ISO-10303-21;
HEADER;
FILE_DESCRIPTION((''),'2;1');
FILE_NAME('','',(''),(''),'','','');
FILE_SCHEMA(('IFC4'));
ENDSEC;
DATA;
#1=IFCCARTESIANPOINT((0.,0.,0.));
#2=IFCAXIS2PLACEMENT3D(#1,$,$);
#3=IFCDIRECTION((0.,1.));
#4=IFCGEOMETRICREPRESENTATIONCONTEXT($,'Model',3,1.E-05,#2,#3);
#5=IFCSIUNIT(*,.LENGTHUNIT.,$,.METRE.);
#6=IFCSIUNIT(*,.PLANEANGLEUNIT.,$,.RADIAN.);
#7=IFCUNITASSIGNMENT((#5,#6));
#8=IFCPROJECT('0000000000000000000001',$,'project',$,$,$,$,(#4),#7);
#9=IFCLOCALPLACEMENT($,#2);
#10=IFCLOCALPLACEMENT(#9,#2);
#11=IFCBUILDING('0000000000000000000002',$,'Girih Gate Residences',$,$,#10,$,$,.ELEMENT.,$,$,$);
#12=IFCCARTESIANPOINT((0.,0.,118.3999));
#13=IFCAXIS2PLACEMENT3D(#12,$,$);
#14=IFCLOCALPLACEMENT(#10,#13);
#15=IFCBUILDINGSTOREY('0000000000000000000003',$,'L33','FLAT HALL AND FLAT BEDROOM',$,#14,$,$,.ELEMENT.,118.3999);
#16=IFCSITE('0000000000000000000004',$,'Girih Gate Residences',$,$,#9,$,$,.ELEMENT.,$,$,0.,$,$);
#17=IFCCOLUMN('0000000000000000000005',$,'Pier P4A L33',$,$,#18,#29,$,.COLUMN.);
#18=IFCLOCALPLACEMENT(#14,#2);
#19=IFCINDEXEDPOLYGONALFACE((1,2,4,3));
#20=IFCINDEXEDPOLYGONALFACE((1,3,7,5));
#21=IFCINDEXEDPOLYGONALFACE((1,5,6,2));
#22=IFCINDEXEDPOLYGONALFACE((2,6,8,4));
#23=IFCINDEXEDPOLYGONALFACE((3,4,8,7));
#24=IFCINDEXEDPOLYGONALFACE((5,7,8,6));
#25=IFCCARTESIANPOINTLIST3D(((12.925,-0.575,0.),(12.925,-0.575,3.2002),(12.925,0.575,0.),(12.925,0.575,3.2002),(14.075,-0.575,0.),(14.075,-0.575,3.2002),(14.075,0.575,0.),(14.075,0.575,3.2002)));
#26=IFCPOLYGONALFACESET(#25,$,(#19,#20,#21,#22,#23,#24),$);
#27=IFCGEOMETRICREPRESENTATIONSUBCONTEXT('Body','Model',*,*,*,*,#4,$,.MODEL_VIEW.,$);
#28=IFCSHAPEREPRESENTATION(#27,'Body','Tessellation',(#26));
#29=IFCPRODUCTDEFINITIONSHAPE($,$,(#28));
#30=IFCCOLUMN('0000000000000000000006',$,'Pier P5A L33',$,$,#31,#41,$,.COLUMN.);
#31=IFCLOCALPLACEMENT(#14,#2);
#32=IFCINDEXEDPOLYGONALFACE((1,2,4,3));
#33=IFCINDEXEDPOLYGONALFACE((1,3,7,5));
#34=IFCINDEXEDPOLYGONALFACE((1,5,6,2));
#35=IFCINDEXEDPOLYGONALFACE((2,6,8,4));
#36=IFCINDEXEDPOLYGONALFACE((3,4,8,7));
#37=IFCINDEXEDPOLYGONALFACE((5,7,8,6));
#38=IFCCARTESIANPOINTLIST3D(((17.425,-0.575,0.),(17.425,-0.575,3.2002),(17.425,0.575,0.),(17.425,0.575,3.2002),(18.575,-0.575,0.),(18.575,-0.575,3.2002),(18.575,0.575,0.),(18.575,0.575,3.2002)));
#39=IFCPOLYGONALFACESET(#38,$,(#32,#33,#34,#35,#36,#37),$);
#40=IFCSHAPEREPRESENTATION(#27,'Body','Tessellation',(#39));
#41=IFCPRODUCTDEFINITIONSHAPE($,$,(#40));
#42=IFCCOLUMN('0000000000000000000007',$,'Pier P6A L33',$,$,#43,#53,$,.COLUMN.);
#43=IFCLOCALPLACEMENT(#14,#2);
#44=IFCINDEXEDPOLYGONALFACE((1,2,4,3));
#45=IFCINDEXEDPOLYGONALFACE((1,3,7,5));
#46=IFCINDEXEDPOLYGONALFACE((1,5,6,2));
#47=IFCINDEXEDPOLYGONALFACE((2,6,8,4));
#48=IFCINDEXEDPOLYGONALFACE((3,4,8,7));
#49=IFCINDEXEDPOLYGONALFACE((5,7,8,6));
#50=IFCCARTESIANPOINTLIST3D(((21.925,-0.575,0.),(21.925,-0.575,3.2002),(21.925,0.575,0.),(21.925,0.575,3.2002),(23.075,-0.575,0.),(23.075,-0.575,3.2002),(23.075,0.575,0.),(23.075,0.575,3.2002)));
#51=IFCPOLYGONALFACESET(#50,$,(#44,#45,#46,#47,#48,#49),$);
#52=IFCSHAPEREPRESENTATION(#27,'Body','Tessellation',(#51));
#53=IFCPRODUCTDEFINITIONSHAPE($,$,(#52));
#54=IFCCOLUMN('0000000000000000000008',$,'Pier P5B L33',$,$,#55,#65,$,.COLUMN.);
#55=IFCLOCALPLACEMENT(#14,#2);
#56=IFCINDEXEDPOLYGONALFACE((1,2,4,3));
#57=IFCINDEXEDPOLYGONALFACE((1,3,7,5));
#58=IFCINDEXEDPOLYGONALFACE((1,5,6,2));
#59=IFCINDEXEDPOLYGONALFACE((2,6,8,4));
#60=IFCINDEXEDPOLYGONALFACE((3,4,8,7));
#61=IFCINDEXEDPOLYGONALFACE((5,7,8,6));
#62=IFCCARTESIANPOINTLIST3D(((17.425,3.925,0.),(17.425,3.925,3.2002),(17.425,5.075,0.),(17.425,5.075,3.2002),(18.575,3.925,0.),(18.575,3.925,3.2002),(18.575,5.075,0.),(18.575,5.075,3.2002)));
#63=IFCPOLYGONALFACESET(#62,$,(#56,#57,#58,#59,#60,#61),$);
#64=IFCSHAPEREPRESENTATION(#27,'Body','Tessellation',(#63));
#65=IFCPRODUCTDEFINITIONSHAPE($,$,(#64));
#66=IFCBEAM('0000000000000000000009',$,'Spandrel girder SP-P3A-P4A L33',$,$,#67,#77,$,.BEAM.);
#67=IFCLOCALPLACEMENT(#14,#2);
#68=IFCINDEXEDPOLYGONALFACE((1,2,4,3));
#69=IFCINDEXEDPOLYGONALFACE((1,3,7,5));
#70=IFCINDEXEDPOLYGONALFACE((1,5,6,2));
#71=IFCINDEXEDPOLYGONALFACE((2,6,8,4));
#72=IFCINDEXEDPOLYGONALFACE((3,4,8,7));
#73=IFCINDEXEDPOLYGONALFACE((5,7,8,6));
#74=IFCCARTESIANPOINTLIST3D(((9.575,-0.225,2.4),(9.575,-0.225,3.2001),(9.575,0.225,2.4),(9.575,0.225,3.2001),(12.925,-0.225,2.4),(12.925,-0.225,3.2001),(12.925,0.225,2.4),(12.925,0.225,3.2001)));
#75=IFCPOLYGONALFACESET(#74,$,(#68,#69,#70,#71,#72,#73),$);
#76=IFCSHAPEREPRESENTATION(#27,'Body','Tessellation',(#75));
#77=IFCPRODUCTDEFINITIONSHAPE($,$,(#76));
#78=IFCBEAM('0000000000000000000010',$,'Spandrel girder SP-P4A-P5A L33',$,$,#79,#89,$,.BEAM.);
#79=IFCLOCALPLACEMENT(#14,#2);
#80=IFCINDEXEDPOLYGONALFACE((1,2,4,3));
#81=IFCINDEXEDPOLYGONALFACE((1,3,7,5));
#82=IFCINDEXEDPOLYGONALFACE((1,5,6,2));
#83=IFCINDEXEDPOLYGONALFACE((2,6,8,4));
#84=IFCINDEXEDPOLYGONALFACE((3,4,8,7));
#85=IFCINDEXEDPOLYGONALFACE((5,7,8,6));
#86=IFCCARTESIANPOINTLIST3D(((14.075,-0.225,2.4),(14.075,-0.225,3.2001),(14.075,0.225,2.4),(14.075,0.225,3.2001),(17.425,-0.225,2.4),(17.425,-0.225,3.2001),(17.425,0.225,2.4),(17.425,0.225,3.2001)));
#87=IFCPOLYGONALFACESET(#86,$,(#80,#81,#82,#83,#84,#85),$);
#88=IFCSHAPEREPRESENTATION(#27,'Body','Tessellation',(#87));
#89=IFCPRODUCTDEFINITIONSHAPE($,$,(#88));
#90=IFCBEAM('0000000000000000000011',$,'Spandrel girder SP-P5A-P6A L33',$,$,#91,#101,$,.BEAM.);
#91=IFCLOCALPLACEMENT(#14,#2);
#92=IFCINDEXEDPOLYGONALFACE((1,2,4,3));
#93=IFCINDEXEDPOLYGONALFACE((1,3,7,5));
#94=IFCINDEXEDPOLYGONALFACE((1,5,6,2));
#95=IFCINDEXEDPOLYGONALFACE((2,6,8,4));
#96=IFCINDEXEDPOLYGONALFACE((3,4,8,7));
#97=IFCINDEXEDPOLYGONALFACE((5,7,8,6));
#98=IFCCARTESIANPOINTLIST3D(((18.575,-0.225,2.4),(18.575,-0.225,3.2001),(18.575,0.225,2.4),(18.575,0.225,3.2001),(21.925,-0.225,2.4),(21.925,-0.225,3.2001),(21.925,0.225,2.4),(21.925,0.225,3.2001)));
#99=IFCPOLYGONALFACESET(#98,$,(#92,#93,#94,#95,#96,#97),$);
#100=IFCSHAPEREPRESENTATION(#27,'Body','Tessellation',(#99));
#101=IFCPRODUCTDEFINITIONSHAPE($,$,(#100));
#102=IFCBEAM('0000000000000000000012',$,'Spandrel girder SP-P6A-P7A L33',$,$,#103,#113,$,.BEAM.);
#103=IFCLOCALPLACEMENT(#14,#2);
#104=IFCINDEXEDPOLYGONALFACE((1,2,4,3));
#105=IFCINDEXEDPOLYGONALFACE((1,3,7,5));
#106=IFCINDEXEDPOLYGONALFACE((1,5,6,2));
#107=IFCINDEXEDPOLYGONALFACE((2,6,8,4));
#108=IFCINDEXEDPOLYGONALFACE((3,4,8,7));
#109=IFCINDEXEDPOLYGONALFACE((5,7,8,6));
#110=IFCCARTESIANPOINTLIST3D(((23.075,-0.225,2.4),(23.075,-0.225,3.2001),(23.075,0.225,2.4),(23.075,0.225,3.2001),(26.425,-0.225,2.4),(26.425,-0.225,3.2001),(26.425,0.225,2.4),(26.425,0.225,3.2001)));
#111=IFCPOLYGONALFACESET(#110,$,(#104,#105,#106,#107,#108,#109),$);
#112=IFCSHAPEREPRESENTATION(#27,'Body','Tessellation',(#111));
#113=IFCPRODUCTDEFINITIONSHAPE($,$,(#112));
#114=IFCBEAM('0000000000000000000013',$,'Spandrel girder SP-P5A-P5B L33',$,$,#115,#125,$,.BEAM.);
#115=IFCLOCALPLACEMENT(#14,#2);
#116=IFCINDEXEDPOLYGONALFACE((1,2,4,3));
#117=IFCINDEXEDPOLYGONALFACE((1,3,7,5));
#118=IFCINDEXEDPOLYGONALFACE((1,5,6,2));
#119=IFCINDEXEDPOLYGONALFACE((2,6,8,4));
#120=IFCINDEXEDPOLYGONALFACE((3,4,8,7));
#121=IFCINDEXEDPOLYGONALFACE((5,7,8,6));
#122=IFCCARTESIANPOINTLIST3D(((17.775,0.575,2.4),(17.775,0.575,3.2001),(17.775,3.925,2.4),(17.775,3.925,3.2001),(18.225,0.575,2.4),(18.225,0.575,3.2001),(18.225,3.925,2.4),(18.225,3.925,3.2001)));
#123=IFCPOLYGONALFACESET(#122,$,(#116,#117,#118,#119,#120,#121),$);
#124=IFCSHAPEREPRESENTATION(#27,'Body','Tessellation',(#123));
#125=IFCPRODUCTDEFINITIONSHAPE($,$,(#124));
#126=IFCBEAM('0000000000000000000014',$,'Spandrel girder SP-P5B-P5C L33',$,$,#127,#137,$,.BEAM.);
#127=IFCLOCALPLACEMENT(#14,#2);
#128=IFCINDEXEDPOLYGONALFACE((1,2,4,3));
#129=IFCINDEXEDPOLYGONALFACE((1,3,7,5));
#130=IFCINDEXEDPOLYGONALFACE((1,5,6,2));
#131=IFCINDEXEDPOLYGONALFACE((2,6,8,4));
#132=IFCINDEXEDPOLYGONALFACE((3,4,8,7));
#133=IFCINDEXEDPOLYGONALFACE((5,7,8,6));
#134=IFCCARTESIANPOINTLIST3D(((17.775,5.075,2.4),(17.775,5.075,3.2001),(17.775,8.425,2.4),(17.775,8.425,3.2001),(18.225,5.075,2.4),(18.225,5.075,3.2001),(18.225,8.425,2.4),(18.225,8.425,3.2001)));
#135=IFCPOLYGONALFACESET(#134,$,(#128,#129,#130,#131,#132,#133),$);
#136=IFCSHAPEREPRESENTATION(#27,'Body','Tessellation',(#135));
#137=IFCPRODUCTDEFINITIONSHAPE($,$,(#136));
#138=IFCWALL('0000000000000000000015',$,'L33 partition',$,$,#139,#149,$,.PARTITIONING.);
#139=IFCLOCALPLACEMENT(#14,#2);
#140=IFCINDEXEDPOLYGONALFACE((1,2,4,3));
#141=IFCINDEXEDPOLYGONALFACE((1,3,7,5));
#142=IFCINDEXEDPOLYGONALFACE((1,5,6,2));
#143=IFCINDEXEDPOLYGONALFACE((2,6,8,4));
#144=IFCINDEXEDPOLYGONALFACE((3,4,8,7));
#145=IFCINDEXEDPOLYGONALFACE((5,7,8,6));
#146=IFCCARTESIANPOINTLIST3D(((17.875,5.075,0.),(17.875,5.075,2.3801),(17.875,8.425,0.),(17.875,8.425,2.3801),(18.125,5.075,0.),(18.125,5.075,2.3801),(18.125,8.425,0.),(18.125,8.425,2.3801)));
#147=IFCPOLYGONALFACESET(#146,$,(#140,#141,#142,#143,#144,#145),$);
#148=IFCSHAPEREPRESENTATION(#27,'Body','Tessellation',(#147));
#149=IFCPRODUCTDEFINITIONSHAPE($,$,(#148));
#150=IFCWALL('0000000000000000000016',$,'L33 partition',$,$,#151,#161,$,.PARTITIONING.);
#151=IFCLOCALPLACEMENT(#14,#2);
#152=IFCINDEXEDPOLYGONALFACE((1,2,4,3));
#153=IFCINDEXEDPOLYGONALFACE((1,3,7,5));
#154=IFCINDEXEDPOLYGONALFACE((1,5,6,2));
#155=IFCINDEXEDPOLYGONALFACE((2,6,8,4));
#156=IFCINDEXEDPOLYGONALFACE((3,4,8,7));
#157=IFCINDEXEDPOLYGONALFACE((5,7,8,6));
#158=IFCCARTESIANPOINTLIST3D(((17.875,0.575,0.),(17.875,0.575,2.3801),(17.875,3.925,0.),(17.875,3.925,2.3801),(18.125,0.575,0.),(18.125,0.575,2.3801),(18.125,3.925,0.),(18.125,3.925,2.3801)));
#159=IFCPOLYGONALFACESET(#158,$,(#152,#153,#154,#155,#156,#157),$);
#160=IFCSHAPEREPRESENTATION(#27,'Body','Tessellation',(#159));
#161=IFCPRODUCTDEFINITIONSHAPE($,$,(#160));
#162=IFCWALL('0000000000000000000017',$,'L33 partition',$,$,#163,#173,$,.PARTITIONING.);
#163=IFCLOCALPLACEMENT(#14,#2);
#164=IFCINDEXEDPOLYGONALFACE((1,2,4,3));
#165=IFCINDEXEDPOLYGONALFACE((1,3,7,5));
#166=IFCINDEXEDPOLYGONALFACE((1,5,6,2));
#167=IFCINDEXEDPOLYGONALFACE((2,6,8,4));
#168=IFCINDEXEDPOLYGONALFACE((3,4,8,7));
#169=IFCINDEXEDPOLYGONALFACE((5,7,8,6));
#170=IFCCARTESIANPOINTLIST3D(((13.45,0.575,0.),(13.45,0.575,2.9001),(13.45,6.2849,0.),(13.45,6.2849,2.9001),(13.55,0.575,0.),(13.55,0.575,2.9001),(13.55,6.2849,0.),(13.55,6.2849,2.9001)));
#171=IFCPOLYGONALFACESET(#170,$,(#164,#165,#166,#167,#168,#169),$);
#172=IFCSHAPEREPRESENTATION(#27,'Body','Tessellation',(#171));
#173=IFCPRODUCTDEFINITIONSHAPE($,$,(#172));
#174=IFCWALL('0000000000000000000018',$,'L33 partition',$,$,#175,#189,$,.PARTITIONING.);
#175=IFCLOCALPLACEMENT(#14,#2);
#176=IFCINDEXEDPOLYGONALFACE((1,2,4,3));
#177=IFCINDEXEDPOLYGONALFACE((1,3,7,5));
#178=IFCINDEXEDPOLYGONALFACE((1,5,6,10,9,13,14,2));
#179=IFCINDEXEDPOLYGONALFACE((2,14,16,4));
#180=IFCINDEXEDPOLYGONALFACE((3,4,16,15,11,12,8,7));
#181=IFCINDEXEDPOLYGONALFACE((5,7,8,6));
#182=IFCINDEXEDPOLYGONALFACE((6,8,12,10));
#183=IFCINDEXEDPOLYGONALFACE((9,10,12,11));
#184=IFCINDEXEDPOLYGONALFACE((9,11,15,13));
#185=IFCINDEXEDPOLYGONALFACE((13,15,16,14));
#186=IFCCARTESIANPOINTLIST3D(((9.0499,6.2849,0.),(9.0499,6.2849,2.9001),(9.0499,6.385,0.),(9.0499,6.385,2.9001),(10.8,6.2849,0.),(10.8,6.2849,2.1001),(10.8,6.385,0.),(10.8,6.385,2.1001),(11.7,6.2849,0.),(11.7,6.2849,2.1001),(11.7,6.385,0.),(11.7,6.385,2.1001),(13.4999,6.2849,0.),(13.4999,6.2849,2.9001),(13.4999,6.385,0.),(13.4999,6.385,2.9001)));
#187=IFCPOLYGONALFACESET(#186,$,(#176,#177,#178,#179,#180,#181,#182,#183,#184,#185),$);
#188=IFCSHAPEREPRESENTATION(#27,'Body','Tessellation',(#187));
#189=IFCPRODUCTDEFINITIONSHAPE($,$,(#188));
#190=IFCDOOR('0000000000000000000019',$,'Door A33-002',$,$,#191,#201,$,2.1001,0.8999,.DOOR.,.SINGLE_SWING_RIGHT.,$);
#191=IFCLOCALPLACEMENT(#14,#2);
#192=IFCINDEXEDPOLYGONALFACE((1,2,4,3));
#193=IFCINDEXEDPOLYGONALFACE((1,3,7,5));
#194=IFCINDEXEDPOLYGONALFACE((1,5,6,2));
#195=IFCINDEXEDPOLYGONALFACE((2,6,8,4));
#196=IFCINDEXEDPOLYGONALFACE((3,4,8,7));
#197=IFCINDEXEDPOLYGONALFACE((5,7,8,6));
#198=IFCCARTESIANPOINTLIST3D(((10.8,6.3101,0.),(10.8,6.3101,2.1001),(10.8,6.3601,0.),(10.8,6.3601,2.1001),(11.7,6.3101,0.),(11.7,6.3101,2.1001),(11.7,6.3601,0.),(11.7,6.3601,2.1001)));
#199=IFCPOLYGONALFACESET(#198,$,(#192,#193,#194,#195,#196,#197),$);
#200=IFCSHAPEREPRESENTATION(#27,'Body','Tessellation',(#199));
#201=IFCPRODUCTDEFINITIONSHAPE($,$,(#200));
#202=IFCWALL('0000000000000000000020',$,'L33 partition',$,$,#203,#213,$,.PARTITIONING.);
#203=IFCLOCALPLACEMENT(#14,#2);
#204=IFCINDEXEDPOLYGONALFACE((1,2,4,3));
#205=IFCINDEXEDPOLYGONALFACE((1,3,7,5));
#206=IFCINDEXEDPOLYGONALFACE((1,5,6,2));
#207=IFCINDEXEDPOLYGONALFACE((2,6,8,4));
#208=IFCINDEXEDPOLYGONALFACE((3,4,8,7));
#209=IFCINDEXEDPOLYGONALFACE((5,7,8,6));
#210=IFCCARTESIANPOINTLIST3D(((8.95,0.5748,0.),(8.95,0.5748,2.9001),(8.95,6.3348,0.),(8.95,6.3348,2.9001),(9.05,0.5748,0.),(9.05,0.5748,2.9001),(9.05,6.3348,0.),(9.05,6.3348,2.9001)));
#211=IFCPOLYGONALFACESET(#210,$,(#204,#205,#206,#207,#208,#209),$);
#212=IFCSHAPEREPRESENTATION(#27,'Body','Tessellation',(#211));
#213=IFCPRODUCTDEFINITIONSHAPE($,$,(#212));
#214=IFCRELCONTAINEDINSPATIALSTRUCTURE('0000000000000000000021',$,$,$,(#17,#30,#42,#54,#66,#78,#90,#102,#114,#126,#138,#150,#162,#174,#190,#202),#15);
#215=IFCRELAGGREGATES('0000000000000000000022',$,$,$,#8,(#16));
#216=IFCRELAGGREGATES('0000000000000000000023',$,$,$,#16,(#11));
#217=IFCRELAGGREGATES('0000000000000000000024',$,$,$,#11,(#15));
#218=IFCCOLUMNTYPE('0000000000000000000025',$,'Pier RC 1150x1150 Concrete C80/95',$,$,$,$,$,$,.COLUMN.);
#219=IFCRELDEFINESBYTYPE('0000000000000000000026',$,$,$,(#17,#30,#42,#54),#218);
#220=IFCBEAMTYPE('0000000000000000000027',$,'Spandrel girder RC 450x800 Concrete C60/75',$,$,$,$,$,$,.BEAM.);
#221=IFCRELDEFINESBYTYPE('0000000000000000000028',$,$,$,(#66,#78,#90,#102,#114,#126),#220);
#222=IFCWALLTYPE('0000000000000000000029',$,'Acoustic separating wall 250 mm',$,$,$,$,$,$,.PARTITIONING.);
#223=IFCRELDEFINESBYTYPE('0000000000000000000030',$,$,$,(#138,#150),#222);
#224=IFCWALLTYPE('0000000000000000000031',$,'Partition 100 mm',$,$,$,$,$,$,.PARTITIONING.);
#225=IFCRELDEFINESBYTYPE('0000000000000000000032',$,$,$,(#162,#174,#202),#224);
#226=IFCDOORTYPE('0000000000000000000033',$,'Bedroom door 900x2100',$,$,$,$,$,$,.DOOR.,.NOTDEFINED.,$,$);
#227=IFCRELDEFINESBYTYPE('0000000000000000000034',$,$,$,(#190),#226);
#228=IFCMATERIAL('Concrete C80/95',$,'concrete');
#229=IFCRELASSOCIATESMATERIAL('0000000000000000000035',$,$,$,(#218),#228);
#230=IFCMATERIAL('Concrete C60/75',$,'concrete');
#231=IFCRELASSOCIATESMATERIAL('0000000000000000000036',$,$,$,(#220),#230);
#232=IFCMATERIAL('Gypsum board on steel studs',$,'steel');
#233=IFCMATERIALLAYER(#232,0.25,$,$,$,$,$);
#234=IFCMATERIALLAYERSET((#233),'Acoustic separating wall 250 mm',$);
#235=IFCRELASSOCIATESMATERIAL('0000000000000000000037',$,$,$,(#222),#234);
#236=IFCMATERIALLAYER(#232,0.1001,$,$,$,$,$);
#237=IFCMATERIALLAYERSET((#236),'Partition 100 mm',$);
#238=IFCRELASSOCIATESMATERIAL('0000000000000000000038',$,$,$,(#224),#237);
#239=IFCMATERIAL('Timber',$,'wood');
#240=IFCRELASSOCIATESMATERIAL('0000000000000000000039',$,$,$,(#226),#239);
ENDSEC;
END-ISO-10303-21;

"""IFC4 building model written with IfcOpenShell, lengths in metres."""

from ifc_helpers import new_model, si_unit, direction, frame, frame_2d, origin, origin_2d, place, context, subcontext, project, spatial, rectangle, extrude, material, layer, layer_set, material_profile, profile_set, type_object, element, fill, save


model = new_model("IFC4")

# Units and contexts
model_context = context("Model", 3, precision=1e-05, world=origin(), true_north=direction((0.0, 1.0)))
body_context = subcontext(model_context, "Body", "Model", "MODEL_VIEW")
ifc_project = project(units=[si_unit("LENGTHUNIT", "METRE"), si_unit("PLANEANGLEUNIT", "RADIAN")], contexts=[model_context])

# Site, building, storey
site_placement = place(None, origin())
site = spatial("IfcSite", under=ifc_project, at=site_placement, Name="Girih Gate Residences", CompositionType="ELEMENT", RefElevation=0.0)
building_placement = place(site_placement, origin())
building = spatial("IfcBuilding", under=site, at=building_placement, Name="Girih Gate Residences", CompositionType="ELEMENT")
storey_placement = place(building_placement, frame((0.0, 0.0, 118.3999)))
storey = spatial("IfcBuildingStorey", under=building, at=storey_placement, Name="L33", Description="FLAT HALL AND FLAT BEDROOM", CompositionType="ELEMENT", Elevation=118.3999)

# Columns
ifc_material_1 = material(Name="Concrete C80/95", Category="concrete")
ifc_material_profile_1 = material_profile(ifc_material_1, rectangle(XDim=1.1499, YDim=1.1499, at=origin_2d()))
ifc_profile_set_1 = profile_set([ifc_material_profile_1], Name="Concrete C80/95")
column_type = type_object("IfcColumnType", Name="Pier RC 1150x1150 Concrete C80/95", PredefinedType="COLUMN", material=ifc_profile_set_1)
for number, where, z_axis, x_axis, name in (
    (1, (13.5, 0.0, 0.0), (0.0, 0.0, 1.0), (1.0, 0.0, 0.0), "Pier P4A L33"),
    (2, (18.0, 0.0, 0.0), (0.0, 0.0, 1.0), (1.0, 0.0, 0.0), "Pier P5A L33"),
    (3, (22.5, 0.0, 0.0), (0.0, 0.0, 1.0), (1.0, 0.0, 0.0), "Pier P6A L33"),
    (4, (18.0, 4.5, 0.0), (0.0, 0.0, 1.0), (1.0, 0.0, 0.0), "Pier P5B L33"),
):
    element("IfcColumn", number, at=place(storey_placement, frame(where, z_axis=z_axis, x_axis=x_axis)), inside=storey, type_object=column_type, Name=name, PredefinedType="COLUMN", context=body_context, shape_type="SweptSolid", body=[
        extrude(rectangle(XDim=1.1499, YDim=1.1499, at=origin_2d()), origin(), (0.0, 0.0, 1.0), 3.2002),
    ])

# Beams
ifc_material_2 = material(Name="Concrete C60/75", Category="concrete")
ifc_material_profile_2 = material_profile(ifc_material_2, rectangle(XDim=0.45, YDim=0.8, at=origin_2d()))
ifc_profile_set_2 = profile_set([ifc_material_profile_2], Name="Concrete C60/75")
beam_type = type_object("IfcBeamType", Name="Spandrel girder RC 450x800 Concrete C60/75", PredefinedType="BEAM", material=ifc_profile_set_2)
for number, where, z_axis, x_axis, name in (
    (5, (9.575, 0.0, 2.8), (1.0, 0.0, 0.0), (0.0, 1.0, 0.0), "Spandrel girder SP-P3A-P4A L33"),
    (6, (14.075, 0.0, 2.8), (1.0, 0.0, 0.0), (0.0, 1.0, 0.0), "Spandrel girder SP-P4A-P5A L33"),
    (7, (18.575, 0.0, 2.8), (1.0, 0.0, 0.0), (0.0, 1.0, 0.0), "Spandrel girder SP-P5A-P6A L33"),
    (8, (23.075, 0.0, 2.8), (1.0, 0.0, 0.0), (0.0, 1.0, 0.0), "Spandrel girder SP-P6A-P7A L33"),
    (9, (18.0, 0.575, 2.8), (0.0, 1.0, 0.0), (-1.0, 0.0, 0.0), "Spandrel girder SP-P5A-P5B L33"),
    (10, (18.0, 5.075, 2.8), (0.0, 1.0, 0.0), (-1.0, 0.0, 0.0), "Spandrel girder SP-P5B-P5C L33"),
):
    element("IfcBeam", number, at=place(storey_placement, frame(where, z_axis=z_axis, x_axis=x_axis)), inside=storey, type_object=beam_type, Name=name, PredefinedType="BEAM", context=body_context, shape_type="SweptSolid", body=[
        extrude(rectangle(XDim=0.45, YDim=0.8, at=origin_2d()), origin(), (0.0, 0.0, 1.0), 3.3501),
    ])

# Walls
ifc_material_3 = material(Name="Gypsum board on steel studs", Category="steel")
ifc_layer_1 = layer(ifc_material_3, 0.25)
ifc_layer_set_1 = layer_set([ifc_layer_1], Name="Acoustic separating wall 250 mm")
wall_type_1 = type_object("IfcWallType", Name="Acoustic separating wall 250 mm", PredefinedType="PARTITIONING", material=ifc_layer_set_1)
for number, where, z_axis, x_axis, name in (
    (11, (18.0, 5.075, 0.0), (0.0, 0.0, 1.0), (0.0, 1.0, 0.0), "L33 partition"),
    (12, (18.0, 0.575, 0.0), (0.0, 0.0, 1.0), (0.0, 1.0, 0.0), "L33 partition"),
):
    element("IfcWall", number, at=place(storey_placement, frame(where, z_axis=z_axis, x_axis=x_axis)), inside=storey, type_object=wall_type_1, Name=name, PredefinedType="PARTITIONING", context=body_context, shape_type="SweptSolid", body=[
        extrude(rectangle(XDim=3.3501, YDim=0.25, at=frame_2d((1.675, 0.0))), origin(), (0.0, 0.0, 1.0), 2.3801),
    ])
ifc_layer_2 = layer(ifc_material_3, 0.1001)
ifc_layer_set_2 = layer_set([ifc_layer_2], Name="Partition 100 mm")
wall_type_2 = type_object("IfcWallType", Name="Partition 100 mm", PredefinedType="PARTITIONING", material=ifc_layer_set_2)
wall_1_placement = place(storey_placement, frame((13.5, 0.575, 0.0), z_axis=(0.0, 0.0, 1.0), x_axis=(0.0, 1.0, 0.0)))
element("IfcWall", 13, at=wall_1_placement, inside=storey, type_object=wall_type_2, Name="L33 partition", PredefinedType="PARTITIONING", context=body_context, shape_type="SweptSolid", body=[
    extrude(rectangle(XDim=5.71, YDim=0.1001, at=frame_2d((2.855, 0.0))), origin(), (0.0, 0.0, 1.0), 2.9001),
])

# Wall, opening, door
wall_2_placement = place(storey_placement, frame((13.5, 6.335, 0.0), z_axis=(0.0, 0.0, 1.0), x_axis=(-1.0, 0.0, 0.0)))
wall_2 = element("IfcWall", 14, at=wall_2_placement, inside=storey, type_object=wall_type_2, Name="L33 partition", PredefinedType="PARTITIONING", context=body_context, shape_type="SweptSolid", body=[
    extrude(rectangle(XDim=4.45, YDim=0.1001, at=frame_2d((2.2251, 0.0))), origin(), (0.0, 0.0, 1.0), 2.9001),
])
opening_1_placement = place(wall_2_placement, frame((1.8, 0.0, 0.0)))
opening_1 = element("IfcOpeningElement", 15, at=opening_1_placement, cuts=wall_2, PredefinedType="OPENING", context=body_context, shape_type="SweptSolid", body=[
    extrude(rectangle(XDim=0.8999, YDim=2.1001, at=frame_2d((0.45, 1.05))), frame((0.0, 0.0601, 0.0), z_axis=(0.0, -1.0, 0.0), x_axis=(1.0, 0.0, 0.0)), (0.0, 0.0, 1.0), 0.1201),
])
ifc_material_4 = material(Name="Timber", Category="wood")
door_type_1 = type_object("IfcDoorType", Name="Bedroom door 900x2100", OperationType="NOTDEFINED", PredefinedType="DOOR", material=ifc_material_4)
door_1_placement = place(opening_1_placement, origin())
door_1 = element("IfcDoor", 16, at=door_1_placement, inside=storey, type_object=door_type_1, Name="Door A33-002", OperationType="SINGLE_SWING_RIGHT", OverallHeight=2.1001, OverallWidth=0.8999, PredefinedType="DOOR", context=body_context, shape_type="SweptSolid", body=[
    extrude(rectangle(XDim=0.8999, YDim=2.1001, at=frame_2d((0.45, 1.05))), frame((0.0, 0.0249, 0.0), z_axis=(0.0, -1.0, 0.0), x_axis=(1.0, 0.0, 0.0)), (0.0, 0.0, 1.0), 0.05),
])
fill(opening_1, door_1)

# Wall
wall_3_placement = place(storey_placement, frame((9.0, 0.575, 0.0), z_axis=(0.0, 0.0, 1.0), x_axis=(0.0, 1.0, 0.0)))
element("IfcWall", 17, at=wall_3_placement, inside=storey, type_object=wall_type_2, Name="L33 partition", PredefinedType="PARTITIONING", context=body_context, shape_type="SweptSolid", body=[
    extrude(rectangle(XDim=5.76, YDim=0.1001, at=frame_2d((2.8799, 0.0))), origin(), (0.0, 0.0, 1.0), 2.9001),
])

save(model, "model.ifc")
